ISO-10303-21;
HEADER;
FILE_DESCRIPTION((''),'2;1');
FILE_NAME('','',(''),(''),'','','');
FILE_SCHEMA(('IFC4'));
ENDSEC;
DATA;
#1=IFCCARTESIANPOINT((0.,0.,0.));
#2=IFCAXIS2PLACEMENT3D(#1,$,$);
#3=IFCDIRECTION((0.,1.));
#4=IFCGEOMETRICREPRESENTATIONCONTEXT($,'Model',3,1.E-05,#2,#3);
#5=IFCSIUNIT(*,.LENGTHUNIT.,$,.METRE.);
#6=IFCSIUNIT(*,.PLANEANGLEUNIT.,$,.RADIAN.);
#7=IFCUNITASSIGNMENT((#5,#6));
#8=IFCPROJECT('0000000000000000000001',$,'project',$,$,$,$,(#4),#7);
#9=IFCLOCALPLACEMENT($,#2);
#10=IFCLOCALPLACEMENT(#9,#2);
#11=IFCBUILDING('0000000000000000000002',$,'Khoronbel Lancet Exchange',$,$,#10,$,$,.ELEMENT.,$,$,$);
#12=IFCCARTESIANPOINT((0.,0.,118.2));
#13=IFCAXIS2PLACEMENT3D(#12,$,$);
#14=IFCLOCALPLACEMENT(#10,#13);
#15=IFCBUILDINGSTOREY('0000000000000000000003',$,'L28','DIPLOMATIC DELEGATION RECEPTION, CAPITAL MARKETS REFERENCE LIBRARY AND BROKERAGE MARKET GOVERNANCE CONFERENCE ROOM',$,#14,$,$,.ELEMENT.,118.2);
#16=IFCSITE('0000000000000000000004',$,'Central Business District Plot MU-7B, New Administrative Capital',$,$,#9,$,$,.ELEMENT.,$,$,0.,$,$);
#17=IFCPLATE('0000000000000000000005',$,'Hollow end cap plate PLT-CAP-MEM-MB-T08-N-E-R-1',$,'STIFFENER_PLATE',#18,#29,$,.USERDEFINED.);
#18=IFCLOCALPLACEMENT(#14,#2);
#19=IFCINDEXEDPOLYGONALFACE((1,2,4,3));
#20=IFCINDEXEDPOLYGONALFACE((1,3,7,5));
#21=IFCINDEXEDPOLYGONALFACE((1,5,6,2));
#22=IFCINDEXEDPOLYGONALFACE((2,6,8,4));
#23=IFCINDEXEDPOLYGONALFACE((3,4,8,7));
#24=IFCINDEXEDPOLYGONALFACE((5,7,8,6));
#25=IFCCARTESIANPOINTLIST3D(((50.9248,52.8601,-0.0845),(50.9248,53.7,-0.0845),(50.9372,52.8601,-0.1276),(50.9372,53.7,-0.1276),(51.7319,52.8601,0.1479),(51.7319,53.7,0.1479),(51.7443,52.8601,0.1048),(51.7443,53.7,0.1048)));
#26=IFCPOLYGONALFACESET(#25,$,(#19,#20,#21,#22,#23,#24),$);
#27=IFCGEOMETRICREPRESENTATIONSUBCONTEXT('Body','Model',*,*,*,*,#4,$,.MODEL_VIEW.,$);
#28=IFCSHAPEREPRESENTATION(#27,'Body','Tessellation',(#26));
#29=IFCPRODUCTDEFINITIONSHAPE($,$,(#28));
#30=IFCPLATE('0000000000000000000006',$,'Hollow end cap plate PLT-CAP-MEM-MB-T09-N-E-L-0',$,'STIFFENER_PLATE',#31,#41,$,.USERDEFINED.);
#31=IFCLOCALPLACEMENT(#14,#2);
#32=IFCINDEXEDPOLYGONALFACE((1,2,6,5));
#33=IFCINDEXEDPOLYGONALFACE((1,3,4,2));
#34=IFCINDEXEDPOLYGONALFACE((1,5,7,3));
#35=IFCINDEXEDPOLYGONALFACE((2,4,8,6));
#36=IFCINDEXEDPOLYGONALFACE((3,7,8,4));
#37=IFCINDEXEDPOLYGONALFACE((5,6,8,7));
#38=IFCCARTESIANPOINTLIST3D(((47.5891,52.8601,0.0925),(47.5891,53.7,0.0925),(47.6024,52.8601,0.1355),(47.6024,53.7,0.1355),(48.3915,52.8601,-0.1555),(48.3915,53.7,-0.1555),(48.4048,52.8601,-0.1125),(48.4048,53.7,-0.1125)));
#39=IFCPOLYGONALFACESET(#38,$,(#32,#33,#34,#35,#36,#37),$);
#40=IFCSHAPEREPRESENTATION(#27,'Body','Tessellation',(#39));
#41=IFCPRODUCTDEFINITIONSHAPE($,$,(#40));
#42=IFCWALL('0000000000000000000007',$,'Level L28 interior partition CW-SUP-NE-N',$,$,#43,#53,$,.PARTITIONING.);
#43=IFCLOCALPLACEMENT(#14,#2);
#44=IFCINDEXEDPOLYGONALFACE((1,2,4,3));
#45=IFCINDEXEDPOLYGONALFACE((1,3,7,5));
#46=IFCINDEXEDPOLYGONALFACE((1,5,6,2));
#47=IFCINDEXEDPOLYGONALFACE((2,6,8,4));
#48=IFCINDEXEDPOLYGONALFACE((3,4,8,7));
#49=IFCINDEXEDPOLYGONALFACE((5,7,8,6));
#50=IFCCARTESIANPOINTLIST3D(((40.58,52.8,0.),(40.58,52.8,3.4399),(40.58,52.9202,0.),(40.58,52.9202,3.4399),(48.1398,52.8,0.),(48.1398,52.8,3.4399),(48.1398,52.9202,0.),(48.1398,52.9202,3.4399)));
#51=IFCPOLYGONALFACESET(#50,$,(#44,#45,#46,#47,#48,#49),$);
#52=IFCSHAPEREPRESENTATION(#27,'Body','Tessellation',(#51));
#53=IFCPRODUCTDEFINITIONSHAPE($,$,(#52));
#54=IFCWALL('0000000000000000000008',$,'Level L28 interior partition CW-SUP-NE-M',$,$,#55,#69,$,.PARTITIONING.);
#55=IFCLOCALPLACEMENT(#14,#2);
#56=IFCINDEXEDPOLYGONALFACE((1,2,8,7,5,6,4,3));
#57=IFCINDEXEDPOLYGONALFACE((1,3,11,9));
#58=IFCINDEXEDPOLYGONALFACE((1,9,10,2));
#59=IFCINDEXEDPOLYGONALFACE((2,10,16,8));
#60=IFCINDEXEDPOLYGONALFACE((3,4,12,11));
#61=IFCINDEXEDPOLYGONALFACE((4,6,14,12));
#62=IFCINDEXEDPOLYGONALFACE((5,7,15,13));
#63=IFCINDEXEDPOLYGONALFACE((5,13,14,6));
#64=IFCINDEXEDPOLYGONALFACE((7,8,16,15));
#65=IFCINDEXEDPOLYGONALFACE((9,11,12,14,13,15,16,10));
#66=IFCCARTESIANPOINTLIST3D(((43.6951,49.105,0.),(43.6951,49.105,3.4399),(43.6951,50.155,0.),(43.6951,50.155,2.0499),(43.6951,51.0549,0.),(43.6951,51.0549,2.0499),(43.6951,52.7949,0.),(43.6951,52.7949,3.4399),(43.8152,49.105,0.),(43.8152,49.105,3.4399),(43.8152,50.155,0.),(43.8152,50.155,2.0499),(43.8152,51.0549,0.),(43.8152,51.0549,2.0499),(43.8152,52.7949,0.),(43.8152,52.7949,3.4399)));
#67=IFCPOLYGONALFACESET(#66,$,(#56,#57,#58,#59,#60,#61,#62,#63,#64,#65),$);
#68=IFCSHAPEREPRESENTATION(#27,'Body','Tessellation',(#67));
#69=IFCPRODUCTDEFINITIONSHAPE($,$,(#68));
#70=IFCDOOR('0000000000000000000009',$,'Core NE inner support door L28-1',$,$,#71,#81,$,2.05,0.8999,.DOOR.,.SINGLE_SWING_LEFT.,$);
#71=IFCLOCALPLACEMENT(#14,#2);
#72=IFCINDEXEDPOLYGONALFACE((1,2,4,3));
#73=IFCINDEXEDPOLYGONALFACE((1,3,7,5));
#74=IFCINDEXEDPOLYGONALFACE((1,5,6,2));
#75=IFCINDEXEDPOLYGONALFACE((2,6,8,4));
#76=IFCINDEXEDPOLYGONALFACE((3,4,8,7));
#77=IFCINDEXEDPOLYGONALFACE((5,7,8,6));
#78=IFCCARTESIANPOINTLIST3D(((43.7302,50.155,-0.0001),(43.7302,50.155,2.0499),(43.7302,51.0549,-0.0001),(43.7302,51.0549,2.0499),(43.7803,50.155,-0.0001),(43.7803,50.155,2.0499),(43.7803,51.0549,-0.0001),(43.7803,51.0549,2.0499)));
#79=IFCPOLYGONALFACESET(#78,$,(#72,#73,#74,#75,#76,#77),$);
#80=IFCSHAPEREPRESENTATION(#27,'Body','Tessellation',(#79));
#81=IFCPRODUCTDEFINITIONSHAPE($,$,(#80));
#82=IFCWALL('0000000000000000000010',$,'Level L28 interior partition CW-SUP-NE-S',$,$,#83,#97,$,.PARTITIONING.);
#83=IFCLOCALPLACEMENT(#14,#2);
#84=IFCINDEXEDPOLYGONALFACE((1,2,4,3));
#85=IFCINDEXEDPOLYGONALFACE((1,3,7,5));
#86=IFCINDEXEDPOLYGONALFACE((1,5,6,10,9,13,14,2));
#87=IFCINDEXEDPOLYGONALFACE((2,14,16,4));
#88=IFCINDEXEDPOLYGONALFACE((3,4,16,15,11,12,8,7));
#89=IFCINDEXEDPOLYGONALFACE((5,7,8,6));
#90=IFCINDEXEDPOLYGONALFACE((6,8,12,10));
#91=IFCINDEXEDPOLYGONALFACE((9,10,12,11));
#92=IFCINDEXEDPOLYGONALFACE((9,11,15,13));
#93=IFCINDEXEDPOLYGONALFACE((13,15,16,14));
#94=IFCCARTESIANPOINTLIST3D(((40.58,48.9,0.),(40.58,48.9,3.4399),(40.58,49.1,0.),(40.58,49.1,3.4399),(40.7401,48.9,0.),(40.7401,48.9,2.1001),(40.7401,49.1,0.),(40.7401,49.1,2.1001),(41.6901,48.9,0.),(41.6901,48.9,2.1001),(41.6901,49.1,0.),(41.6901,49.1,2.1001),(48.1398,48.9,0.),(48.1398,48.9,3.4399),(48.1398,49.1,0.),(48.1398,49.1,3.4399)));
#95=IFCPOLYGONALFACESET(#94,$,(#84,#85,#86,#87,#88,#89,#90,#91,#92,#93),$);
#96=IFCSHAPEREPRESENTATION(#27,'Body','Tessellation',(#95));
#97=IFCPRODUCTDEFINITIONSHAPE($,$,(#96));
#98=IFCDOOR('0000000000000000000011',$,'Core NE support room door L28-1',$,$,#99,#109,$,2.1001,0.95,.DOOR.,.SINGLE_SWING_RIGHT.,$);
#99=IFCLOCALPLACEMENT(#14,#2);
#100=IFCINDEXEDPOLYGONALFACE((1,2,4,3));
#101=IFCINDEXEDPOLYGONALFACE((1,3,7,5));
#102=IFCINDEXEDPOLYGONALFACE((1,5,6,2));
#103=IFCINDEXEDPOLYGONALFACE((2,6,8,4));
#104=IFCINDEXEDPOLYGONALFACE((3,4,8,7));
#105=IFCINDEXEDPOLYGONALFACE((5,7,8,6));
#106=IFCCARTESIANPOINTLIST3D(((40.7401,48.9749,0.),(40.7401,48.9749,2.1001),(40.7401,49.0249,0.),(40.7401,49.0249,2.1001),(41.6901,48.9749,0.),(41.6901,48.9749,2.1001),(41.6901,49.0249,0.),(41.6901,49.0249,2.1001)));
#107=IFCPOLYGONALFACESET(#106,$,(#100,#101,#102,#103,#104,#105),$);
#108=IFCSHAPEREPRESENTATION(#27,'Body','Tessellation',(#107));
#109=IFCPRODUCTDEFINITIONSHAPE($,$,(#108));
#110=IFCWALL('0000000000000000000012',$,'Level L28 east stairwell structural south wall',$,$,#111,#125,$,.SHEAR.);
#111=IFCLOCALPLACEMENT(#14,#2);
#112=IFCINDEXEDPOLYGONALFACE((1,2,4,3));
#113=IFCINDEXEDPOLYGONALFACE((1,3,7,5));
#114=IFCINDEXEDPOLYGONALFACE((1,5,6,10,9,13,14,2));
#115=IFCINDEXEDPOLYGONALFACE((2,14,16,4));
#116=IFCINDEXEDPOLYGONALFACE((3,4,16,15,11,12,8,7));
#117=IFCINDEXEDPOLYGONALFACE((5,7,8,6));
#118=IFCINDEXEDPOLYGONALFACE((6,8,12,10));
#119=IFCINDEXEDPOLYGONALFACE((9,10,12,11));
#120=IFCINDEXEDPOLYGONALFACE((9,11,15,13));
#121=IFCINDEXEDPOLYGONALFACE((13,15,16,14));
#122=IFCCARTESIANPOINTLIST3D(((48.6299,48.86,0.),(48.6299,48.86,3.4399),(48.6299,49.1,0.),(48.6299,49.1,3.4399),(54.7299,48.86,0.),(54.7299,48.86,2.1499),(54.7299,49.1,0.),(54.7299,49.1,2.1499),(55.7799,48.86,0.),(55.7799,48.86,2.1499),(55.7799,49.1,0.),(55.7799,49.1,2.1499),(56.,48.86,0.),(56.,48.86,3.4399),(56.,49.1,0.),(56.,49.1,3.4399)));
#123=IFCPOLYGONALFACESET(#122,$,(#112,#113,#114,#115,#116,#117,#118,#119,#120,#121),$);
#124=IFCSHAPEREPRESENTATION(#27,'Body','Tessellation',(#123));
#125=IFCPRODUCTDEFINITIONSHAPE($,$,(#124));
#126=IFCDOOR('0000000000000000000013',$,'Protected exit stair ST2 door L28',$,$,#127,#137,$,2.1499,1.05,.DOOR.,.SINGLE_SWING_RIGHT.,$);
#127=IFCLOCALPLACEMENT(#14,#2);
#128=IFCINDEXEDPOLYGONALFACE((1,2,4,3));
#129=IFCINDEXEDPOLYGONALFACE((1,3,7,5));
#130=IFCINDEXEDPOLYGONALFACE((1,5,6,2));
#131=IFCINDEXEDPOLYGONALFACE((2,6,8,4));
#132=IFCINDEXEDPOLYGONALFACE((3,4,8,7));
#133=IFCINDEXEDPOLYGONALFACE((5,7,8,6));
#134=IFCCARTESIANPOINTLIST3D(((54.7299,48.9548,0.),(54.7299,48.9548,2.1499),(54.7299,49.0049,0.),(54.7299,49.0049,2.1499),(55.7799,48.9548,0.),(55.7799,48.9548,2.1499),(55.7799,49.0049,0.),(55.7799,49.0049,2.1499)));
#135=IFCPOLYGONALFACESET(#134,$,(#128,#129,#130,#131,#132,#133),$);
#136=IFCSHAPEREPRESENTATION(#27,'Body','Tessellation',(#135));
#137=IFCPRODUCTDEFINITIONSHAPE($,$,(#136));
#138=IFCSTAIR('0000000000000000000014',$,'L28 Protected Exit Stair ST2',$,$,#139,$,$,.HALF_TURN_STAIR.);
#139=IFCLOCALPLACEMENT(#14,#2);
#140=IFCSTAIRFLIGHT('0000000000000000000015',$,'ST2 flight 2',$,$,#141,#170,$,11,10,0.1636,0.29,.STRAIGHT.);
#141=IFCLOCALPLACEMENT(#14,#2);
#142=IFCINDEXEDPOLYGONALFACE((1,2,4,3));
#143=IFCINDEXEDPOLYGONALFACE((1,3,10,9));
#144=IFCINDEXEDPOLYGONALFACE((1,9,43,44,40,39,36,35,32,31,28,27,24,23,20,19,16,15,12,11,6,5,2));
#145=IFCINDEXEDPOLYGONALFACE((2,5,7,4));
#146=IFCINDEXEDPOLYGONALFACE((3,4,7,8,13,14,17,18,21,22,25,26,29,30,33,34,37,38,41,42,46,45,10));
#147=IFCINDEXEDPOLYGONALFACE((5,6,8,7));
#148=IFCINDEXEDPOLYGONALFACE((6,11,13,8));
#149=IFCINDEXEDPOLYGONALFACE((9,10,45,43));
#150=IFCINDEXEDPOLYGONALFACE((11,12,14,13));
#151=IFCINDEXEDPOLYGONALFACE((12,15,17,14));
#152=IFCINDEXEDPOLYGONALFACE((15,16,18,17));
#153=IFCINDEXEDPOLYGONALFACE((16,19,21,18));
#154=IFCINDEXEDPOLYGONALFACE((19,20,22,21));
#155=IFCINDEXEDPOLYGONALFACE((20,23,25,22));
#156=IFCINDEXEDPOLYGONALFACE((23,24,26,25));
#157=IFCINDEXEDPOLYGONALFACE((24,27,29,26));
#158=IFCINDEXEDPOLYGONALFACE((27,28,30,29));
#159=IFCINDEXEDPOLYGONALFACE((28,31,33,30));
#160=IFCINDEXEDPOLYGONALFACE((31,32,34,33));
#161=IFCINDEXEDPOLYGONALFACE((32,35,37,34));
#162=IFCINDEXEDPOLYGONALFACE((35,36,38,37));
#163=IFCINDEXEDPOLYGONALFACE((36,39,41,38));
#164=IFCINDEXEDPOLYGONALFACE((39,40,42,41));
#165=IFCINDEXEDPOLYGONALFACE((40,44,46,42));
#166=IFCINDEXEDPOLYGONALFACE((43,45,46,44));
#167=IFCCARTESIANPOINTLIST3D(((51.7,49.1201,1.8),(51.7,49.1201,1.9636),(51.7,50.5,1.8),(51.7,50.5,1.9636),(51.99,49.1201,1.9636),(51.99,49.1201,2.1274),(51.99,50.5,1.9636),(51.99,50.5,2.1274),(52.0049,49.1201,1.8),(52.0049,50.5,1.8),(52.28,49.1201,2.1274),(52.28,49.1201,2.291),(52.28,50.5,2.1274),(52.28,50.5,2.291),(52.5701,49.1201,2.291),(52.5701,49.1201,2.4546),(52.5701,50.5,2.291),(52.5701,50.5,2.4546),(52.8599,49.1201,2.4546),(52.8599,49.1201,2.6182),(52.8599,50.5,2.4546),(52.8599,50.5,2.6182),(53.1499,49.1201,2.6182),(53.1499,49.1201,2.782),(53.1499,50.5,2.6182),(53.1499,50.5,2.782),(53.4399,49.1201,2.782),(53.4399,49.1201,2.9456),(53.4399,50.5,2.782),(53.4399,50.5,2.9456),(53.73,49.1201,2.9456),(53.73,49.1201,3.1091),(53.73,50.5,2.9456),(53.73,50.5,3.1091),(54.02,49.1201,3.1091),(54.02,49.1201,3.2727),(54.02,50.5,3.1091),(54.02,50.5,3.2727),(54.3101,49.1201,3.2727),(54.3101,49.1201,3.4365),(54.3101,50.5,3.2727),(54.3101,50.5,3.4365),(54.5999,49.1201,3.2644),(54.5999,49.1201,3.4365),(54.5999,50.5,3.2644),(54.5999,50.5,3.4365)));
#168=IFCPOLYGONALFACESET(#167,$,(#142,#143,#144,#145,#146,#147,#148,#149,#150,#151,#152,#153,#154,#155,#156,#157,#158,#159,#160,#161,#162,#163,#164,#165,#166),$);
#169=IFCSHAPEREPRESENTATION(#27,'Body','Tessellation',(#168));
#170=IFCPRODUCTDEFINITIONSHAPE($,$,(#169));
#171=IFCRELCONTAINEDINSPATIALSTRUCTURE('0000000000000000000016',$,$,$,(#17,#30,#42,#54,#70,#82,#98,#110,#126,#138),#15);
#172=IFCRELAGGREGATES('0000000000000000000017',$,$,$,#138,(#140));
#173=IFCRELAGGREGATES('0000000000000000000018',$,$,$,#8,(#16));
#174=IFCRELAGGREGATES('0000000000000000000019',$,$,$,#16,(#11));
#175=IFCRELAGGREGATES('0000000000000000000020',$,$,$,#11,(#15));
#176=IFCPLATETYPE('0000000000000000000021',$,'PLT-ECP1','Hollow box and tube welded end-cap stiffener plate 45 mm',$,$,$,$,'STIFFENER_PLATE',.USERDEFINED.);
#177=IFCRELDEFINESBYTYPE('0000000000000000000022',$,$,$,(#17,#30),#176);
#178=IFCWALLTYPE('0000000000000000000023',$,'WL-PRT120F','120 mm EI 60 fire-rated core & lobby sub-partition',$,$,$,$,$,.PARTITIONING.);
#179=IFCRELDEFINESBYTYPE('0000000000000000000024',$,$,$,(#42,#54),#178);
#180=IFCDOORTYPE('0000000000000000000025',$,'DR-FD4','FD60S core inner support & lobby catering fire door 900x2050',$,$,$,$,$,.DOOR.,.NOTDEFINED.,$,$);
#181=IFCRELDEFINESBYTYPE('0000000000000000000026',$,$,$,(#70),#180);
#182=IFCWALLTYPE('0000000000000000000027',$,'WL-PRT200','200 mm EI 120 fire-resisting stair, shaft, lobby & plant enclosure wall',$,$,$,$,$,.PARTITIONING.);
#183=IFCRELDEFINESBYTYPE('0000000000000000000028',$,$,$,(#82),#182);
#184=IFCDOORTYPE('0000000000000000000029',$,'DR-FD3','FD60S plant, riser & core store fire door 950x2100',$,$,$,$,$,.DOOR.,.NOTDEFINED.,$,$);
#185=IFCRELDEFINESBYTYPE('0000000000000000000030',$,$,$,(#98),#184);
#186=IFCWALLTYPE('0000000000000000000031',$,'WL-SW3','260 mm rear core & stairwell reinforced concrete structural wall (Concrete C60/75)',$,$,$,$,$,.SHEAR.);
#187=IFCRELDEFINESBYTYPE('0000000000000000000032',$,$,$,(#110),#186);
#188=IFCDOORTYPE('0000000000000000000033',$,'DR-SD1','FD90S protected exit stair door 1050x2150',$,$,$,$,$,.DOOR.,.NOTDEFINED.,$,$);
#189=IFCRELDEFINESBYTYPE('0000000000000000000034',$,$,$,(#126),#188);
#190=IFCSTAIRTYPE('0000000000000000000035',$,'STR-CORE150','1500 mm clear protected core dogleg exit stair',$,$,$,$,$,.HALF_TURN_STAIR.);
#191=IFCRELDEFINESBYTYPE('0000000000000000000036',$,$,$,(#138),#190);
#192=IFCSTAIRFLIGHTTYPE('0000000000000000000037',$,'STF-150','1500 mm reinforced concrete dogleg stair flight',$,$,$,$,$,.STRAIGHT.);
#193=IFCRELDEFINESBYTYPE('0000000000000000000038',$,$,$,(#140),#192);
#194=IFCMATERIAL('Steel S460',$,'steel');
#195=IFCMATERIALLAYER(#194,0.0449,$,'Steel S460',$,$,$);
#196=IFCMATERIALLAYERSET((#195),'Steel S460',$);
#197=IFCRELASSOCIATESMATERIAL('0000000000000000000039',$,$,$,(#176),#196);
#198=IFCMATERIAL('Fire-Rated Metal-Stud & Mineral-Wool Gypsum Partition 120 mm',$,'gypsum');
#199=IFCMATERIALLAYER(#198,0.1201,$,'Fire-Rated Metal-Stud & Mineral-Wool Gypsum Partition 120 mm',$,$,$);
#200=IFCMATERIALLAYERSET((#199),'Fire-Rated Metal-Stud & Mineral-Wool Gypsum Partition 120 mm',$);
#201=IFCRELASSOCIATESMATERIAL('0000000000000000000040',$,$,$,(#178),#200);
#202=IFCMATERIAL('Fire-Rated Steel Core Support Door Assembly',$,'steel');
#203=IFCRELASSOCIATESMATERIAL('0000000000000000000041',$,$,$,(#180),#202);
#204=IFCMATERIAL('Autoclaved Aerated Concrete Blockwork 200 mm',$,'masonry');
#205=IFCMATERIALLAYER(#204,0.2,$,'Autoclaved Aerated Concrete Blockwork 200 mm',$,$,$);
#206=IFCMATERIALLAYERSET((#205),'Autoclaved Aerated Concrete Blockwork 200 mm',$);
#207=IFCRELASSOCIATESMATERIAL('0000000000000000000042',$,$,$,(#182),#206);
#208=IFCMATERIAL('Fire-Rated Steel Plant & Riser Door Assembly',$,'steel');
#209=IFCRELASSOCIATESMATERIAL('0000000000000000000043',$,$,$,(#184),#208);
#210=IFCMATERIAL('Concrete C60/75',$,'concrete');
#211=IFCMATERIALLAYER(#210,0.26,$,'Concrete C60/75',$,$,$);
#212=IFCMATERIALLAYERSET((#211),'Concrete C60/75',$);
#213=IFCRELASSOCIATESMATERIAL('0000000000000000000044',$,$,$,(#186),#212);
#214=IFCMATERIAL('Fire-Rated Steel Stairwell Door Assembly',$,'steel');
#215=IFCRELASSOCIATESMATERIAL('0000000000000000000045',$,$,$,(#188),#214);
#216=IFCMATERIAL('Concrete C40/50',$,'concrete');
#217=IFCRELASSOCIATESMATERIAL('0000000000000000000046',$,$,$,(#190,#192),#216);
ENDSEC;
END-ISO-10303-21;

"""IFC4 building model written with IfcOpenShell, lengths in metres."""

from ifc_helpers import new_model, si_unit, direction, frame, frame_2d, origin, place, context, subcontext, project, spatial, polyline, rectangle, outline, extrude, material, layer, layer_set, type_object, element, fill, aggregate, save


model = new_model("IFC4")

# Units and contexts
model_context = context("Model", 3, precision=1e-05, world=origin(), true_north=direction((0.0, 1.0)))
body_context = subcontext(model_context, "Body", "Model", "MODEL_VIEW")
ifc_project = project(units=[si_unit("LENGTHUNIT", "METRE"), si_unit("PLANEANGLEUNIT", "RADIAN")], contexts=[model_context])

# Site, building, storey
site_placement = place(None, origin())
site = spatial("IfcSite", under=ifc_project, at=site_placement, Name="Central Business District Plot MU-7B, New Administrative Capital", CompositionType="ELEMENT", RefElevation=0.0)
building_placement = place(site_placement, origin())
building = spatial("IfcBuilding", under=site, at=building_placement, Name="Khoronbel Lancet Exchange", CompositionType="ELEMENT")
storey_placement = place(building_placement, frame((0.0, 0.0, 118.2)))
storey = spatial("IfcBuildingStorey", under=building, at=storey_placement, Name="L28", Description="DIPLOMATIC DELEGATION RECEPTION, CAPITAL MARKETS REFERENCE LIBRARY AND BROKERAGE MARKET GOVERNANCE CONFERENCE ROOM", CompositionType="ELEMENT", Elevation=118.2)

# Shared definitions
ifc_material_1 = material(Name="Steel S460", Category="steel")

# Plates
ifc_layer_1 = layer(ifc_material_1, 0.0449, Name="Steel S460")
ifc_layer_set_1 = layer_set([ifc_layer_1], Name="Steel S460")
plate_type = type_object("IfcPlateType", Name="PLT-ECP1", Description="Hollow box and tube welded end-cap stiffener plate 45 mm", ElementType="STIFFENER_PLATE", PredefinedType="USERDEFINED", material=ifc_layer_set_1)
for number, where, z_axis, x_axis, name in (
    (1, (50.9248, 53.7, -0.0845), (-0.276717, 0.0, 0.960952), (0.0, -1.0, 0.0), "Hollow end cap plate PLT-CAP-MEM-MB-T08-N-E-R-1"),
    (2, (48.4048, 52.8601, -0.1125), (0.295311, 0.0, 0.955401), (0.0, 1.0, 0.0), "Hollow end cap plate PLT-CAP-MEM-MB-T09-N-E-L-0"),
):
    element("IfcPlate", number, at=place(storey_placement, frame(where, z_axis=z_axis, x_axis=x_axis)), inside=storey, type_object=plate_type, Name=name, ObjectType="STIFFENER_PLATE", PredefinedType="USERDEFINED", context=body_context, shape_type="SweptSolid", body=[
        extrude(outline(polyline([(0.0, 0.0), (0.8398, 0.0), (0.8398, 0.8398), (0.0, 0.8398), (0.0, 0.0)])), origin(), (0.0, 0.0, -1.0), 0.0449),
    ])

# Wall
ifc_material_2 = material(Name="Fire-Rated Metal-Stud & Mineral-Wool Gypsum Partition 120 mm", Category="gypsum")
ifc_layer_2 = layer(ifc_material_2, 0.1201, Name="Fire-Rated Metal-Stud & Mineral-Wool Gypsum Partition 120 mm")
ifc_layer_set_2 = layer_set([ifc_layer_2], Name="Fire-Rated Metal-Stud & Mineral-Wool Gypsum Partition 120 mm")
wall_type_1 = type_object("IfcWallType", Name="WL-PRT120F", Description="120 mm EI 60 fire-rated core & lobby sub-partition", PredefinedType="PARTITIONING", material=ifc_layer_set_2)
wall_1_placement = place(storey_placement, frame((40.5801, 52.8601, 0.0), z_axis=(0.0, 0.0, 1.0), x_axis=(1.0, 0.0, 0.0)))
element("IfcWall", 3, at=wall_1_placement, inside=storey, type_object=wall_type_1, Name="Level L28 interior partition CW-SUP-NE-N", PredefinedType="PARTITIONING", context=body_context, shape_type="SweptSolid", body=[
    extrude(rectangle(XDim=7.5598, YDim=0.1201, at=frame_2d((3.7798, 0.0))), origin(), (0.0, 0.0, 1.0), 3.4399),
])

# Walls, openings, doors
wall_2_placement = place(storey_placement, frame((43.7551, 49.105, 0.0), z_axis=(0.0, 0.0, 1.0), x_axis=(0.0, 1.0, 0.0)))
wall_2 = element("IfcWall", 4, at=wall_2_placement, inside=storey, type_object=wall_type_1, Name="Level L28 interior partition CW-SUP-NE-M", PredefinedType="PARTITIONING", context=body_context, shape_type="SweptSolid", body=[
    extrude(rectangle(XDim=3.6899, YDim=0.1201, at=frame_2d((1.845, 0.0))), origin(), (0.0, 0.0, 1.0), 3.4399),
])
opening_1_placement = place(wall_2_placement, frame((1.05, 0.0, 0.0)))
opening_1 = element("IfcOpeningElement", 5, at=opening_1_placement, cuts=wall_2, PredefinedType="OPENING", context=body_context, shape_type="SweptSolid", body=[
    extrude(rectangle(XDim=0.8999, YDim=2.05, at=frame_2d((0.45, 1.0249))), frame((0.0, 0.0701, 0.0), z_axis=(0.0, -1.0, 0.0), x_axis=(1.0, 0.0, 0.0)), (0.0, 0.0, 1.0), 0.1401),
])
ifc_material_3 = material(Name="Fire-Rated Steel Core Support Door Assembly", Category="steel")
door_type_1 = type_object("IfcDoorType", Name="DR-FD4", Description="FD60S core inner support & lobby catering fire door 900x2050", OperationType="NOTDEFINED", PredefinedType="DOOR", material=ifc_material_3)
door_1_placement = place(opening_1_placement, origin())
door_1 = element("IfcDoor", 6, at=door_1_placement, inside=storey, type_object=door_type_1, Name="Core NE inner support door L28-1", OperationType="SINGLE_SWING_LEFT", OverallHeight=2.05, OverallWidth=0.8999, PredefinedType="DOOR", context=body_context, shape_type="SweptSolid", body=[
    extrude(rectangle(XDim=0.8999, YDim=2.05, at=frame_2d((0.45, 1.0249))), frame((0.0, 0.0249, 0.0), z_axis=(0.0, -1.0, 0.0), x_axis=(1.0, 0.0, 0.0)), (0.0, 0.0, 1.0), 0.05),
])
fill(opening_1, door_1)
ifc_material_4 = material(Name="Autoclaved Aerated Concrete Blockwork 200 mm", Category="masonry")
ifc_layer_3 = layer(ifc_material_4, 0.2, Name="Autoclaved Aerated Concrete Blockwork 200 mm")
ifc_layer_set_3 = layer_set([ifc_layer_3], Name="Autoclaved Aerated Concrete Blockwork 200 mm")
wall_type_2 = type_object("IfcWallType", Name="WL-PRT200", Description="200 mm EI 120 fire-resisting stair, shaft, lobby & plant enclosure wall", PredefinedType="PARTITIONING", material=ifc_layer_set_3)
wall_3_placement = place(storey_placement, frame((40.5801, 49.0, 0.0), z_axis=(0.0, 0.0, 1.0), x_axis=(1.0, 0.0, 0.0)))
wall_3 = element("IfcWall", 7, at=wall_3_placement, inside=storey, type_object=wall_type_2, Name="Level L28 interior partition CW-SUP-NE-S", PredefinedType="PARTITIONING", context=body_context, shape_type="SweptSolid", body=[
    extrude(rectangle(XDim=7.5598, YDim=0.2, at=frame_2d((3.7798, 0.0))), origin(), (0.0, 0.0, 1.0), 3.4399),
])
opening_2_placement = place(wall_3_placement, frame((0.1599, 0.0, 0.0)))
opening_2 = element("IfcOpeningElement", 8, at=opening_2_placement, cuts=wall_3, PredefinedType="OPENING", context=body_context, shape_type="SweptSolid", body=[
    extrude(rectangle(XDim=0.95, YDim=2.1001, at=frame_2d((0.4751, 1.05))), frame((0.0, 0.1099, 0.0), z_axis=(0.0, -1.0, 0.0), x_axis=(1.0, 0.0, 0.0)), (0.0, 0.0, 1.0), 0.22),
])
ifc_material_5 = material(Name="Fire-Rated Steel Plant & Riser Door Assembly", Category="steel")
door_type_2 = type_object("IfcDoorType", Name="DR-FD3", Description="FD60S plant, riser & core store fire door 950x2100", OperationType="NOTDEFINED", PredefinedType="DOOR", material=ifc_material_5)
door_2_placement = place(opening_2_placement, origin())
door_2 = element("IfcDoor", 9, at=door_2_placement, inside=storey, type_object=door_type_2, Name="Core NE support room door L28-1", OperationType="SINGLE_SWING_RIGHT", OverallHeight=2.1001, OverallWidth=0.95, PredefinedType="DOOR", context=body_context, shape_type="SweptSolid", body=[
    extrude(rectangle(XDim=0.95, YDim=2.1001, at=frame_2d((0.4751, 1.05))), frame((0.0, 0.0249, 0.0), z_axis=(0.0, -1.0, 0.0), x_axis=(1.0, 0.0, 0.0)), (0.0, 0.0, 1.0), 0.05),
])
fill(opening_2, door_2)
ifc_material_6 = material(Name="Concrete C60/75", Category="concrete")
ifc_layer_4 = layer(ifc_material_6, 0.26, Name="Concrete C60/75")
ifc_layer_set_4 = layer_set([ifc_layer_4], Name="Concrete C60/75")
wall_type_3 = type_object("IfcWallType", Name="WL-SW3", Description="260 mm rear core & stairwell reinforced concrete structural wall (Concrete C60/75)", PredefinedType="SHEAR", material=ifc_layer_set_4)
wall_4_placement = place(storey_placement, frame((48.6299, 48.98, 0.0), z_axis=(0.0, 0.0, 1.0), x_axis=(1.0, 0.0, 0.0)))
wall_4 = element("IfcWall", 10, at=wall_4_placement, inside=storey, type_object=wall_type_3, Name="Level L28 east stairwell structural south wall", PredefinedType="SHEAR", context=body_context, shape_type="SweptSolid", body=[
    extrude(rectangle(XDim=7.3701, YDim=0.24, at=frame_2d((3.6851, 0.0))), origin(), (0.0, 0.0, 1.0), 3.4399),
])
opening_3_placement = place(wall_4_placement, frame((6.1001, 0.0, 0.0)))
opening_3 = element("IfcOpeningElement", 11, at=opening_3_placement, cuts=wall_4, PredefinedType="OPENING", context=body_context, shape_type="SweptSolid", body=[
    extrude(rectangle(XDim=1.05, YDim=2.1499, at=frame_2d((0.5249, 1.075))), frame((0.0, 0.1299, 0.0), z_axis=(0.0, -1.0, 0.0), x_axis=(1.0, 0.0, 0.0)), (0.0, 0.0, 1.0), 0.26),
])
ifc_material_7 = material(Name="Fire-Rated Steel Stairwell Door Assembly", Category="steel")
door_type_3 = type_object("IfcDoorType", Name="DR-SD1", Description="FD90S protected exit stair door 1050x2150", OperationType="NOTDEFINED", PredefinedType="DOOR", material=ifc_material_7)
door_3_placement = place(opening_3_placement, origin())
door_3 = element("IfcDoor", 12, at=door_3_placement, inside=storey, type_object=door_type_3, Name="Protected exit stair ST2 door L28", OperationType="SINGLE_SWING_RIGHT", OverallHeight=2.1499, OverallWidth=1.05, PredefinedType="DOOR", context=body_context, shape_type="SweptSolid", body=[
    extrude(rectangle(XDim=1.05, YDim=2.1499, at=frame_2d((0.5249, 1.075))), frame((0.0, 0.0249, 0.0), z_axis=(0.0, -1.0, 0.0), x_axis=(1.0, 0.0, 0.0)), (0.0, 0.0, 1.0), 0.05),
])
fill(opening_3, door_3)

# Stair, stair flight
ifc_material_8 = material(Name="Concrete C40/50", Category="concrete")
stair_type = type_object("IfcStairType", Name="STR-CORE150", Description="1500 mm clear protected core dogleg exit stair", PredefinedType="HALF_TURN_STAIR", material=ifc_material_8)
stair_1_placement = place(storey_placement, origin())
stair_1 = element("IfcStair", 13, at=stair_1_placement, inside=storey, type_object=stair_type, Name="L28 Protected Exit Stair ST2", PredefinedType="HALF_TURN_STAIR")
stair_flight_type = type_object("IfcStairFlightType", Name="STF-150", Description="1500 mm reinforced concrete dogleg stair flight", PredefinedType="STRAIGHT", material=ifc_material_8)
stair_flight_1_placement = place(storey_placement, frame((51.7, 49.8101, 1.8), z_axis=(0.0, 0.0, 1.0), x_axis=(1.0, 0.0, 0.0)))
stair_flight_1 = element("IfcStairFlight", 14, at=stair_flight_1_placement, type_object=stair_flight_type, Name="ST2 flight 2", NumberOfRisers=11, NumberOfTreads=10, PredefinedType="STRAIGHT", RiserHeight=0.1636, TreadLength=0.29, context=body_context, shape_type="SweptSolid", body=[
    extrude(outline(polyline([(0.0, 0.0), (0.0, 0.1636), (0.29, 0.1636), (0.29, 0.3274), (0.5801, 0.3274), (0.5801, 0.491), (0.8701, 0.491), (0.8701, 0.6545), (1.1599, 0.6545), (1.1599, 0.8181), (1.45, 0.8181), (1.45, 0.9819), (1.74, 0.9819), (1.74, 1.1455), (2.03, 1.1455), (2.03, 1.3091), (2.3201, 1.3091), (2.3201, 1.4727), (2.6101, 1.4727), (2.6101, 1.6365), (2.8999, 1.6365), (2.8999, 1.8), (2.8999, 1.4644), (0.3049, 0.0), (0.0, 0.0)])), frame((0.0, 0.6899, 0.0), z_axis=(0.0, -1.0, 0.0), x_axis=(1.0, 0.0, 0.0)), (0.0, 0.0, 1.0), 1.3799),
])
aggregate(stair_1, [stair_flight_1])

save(model, "model.ifc")
